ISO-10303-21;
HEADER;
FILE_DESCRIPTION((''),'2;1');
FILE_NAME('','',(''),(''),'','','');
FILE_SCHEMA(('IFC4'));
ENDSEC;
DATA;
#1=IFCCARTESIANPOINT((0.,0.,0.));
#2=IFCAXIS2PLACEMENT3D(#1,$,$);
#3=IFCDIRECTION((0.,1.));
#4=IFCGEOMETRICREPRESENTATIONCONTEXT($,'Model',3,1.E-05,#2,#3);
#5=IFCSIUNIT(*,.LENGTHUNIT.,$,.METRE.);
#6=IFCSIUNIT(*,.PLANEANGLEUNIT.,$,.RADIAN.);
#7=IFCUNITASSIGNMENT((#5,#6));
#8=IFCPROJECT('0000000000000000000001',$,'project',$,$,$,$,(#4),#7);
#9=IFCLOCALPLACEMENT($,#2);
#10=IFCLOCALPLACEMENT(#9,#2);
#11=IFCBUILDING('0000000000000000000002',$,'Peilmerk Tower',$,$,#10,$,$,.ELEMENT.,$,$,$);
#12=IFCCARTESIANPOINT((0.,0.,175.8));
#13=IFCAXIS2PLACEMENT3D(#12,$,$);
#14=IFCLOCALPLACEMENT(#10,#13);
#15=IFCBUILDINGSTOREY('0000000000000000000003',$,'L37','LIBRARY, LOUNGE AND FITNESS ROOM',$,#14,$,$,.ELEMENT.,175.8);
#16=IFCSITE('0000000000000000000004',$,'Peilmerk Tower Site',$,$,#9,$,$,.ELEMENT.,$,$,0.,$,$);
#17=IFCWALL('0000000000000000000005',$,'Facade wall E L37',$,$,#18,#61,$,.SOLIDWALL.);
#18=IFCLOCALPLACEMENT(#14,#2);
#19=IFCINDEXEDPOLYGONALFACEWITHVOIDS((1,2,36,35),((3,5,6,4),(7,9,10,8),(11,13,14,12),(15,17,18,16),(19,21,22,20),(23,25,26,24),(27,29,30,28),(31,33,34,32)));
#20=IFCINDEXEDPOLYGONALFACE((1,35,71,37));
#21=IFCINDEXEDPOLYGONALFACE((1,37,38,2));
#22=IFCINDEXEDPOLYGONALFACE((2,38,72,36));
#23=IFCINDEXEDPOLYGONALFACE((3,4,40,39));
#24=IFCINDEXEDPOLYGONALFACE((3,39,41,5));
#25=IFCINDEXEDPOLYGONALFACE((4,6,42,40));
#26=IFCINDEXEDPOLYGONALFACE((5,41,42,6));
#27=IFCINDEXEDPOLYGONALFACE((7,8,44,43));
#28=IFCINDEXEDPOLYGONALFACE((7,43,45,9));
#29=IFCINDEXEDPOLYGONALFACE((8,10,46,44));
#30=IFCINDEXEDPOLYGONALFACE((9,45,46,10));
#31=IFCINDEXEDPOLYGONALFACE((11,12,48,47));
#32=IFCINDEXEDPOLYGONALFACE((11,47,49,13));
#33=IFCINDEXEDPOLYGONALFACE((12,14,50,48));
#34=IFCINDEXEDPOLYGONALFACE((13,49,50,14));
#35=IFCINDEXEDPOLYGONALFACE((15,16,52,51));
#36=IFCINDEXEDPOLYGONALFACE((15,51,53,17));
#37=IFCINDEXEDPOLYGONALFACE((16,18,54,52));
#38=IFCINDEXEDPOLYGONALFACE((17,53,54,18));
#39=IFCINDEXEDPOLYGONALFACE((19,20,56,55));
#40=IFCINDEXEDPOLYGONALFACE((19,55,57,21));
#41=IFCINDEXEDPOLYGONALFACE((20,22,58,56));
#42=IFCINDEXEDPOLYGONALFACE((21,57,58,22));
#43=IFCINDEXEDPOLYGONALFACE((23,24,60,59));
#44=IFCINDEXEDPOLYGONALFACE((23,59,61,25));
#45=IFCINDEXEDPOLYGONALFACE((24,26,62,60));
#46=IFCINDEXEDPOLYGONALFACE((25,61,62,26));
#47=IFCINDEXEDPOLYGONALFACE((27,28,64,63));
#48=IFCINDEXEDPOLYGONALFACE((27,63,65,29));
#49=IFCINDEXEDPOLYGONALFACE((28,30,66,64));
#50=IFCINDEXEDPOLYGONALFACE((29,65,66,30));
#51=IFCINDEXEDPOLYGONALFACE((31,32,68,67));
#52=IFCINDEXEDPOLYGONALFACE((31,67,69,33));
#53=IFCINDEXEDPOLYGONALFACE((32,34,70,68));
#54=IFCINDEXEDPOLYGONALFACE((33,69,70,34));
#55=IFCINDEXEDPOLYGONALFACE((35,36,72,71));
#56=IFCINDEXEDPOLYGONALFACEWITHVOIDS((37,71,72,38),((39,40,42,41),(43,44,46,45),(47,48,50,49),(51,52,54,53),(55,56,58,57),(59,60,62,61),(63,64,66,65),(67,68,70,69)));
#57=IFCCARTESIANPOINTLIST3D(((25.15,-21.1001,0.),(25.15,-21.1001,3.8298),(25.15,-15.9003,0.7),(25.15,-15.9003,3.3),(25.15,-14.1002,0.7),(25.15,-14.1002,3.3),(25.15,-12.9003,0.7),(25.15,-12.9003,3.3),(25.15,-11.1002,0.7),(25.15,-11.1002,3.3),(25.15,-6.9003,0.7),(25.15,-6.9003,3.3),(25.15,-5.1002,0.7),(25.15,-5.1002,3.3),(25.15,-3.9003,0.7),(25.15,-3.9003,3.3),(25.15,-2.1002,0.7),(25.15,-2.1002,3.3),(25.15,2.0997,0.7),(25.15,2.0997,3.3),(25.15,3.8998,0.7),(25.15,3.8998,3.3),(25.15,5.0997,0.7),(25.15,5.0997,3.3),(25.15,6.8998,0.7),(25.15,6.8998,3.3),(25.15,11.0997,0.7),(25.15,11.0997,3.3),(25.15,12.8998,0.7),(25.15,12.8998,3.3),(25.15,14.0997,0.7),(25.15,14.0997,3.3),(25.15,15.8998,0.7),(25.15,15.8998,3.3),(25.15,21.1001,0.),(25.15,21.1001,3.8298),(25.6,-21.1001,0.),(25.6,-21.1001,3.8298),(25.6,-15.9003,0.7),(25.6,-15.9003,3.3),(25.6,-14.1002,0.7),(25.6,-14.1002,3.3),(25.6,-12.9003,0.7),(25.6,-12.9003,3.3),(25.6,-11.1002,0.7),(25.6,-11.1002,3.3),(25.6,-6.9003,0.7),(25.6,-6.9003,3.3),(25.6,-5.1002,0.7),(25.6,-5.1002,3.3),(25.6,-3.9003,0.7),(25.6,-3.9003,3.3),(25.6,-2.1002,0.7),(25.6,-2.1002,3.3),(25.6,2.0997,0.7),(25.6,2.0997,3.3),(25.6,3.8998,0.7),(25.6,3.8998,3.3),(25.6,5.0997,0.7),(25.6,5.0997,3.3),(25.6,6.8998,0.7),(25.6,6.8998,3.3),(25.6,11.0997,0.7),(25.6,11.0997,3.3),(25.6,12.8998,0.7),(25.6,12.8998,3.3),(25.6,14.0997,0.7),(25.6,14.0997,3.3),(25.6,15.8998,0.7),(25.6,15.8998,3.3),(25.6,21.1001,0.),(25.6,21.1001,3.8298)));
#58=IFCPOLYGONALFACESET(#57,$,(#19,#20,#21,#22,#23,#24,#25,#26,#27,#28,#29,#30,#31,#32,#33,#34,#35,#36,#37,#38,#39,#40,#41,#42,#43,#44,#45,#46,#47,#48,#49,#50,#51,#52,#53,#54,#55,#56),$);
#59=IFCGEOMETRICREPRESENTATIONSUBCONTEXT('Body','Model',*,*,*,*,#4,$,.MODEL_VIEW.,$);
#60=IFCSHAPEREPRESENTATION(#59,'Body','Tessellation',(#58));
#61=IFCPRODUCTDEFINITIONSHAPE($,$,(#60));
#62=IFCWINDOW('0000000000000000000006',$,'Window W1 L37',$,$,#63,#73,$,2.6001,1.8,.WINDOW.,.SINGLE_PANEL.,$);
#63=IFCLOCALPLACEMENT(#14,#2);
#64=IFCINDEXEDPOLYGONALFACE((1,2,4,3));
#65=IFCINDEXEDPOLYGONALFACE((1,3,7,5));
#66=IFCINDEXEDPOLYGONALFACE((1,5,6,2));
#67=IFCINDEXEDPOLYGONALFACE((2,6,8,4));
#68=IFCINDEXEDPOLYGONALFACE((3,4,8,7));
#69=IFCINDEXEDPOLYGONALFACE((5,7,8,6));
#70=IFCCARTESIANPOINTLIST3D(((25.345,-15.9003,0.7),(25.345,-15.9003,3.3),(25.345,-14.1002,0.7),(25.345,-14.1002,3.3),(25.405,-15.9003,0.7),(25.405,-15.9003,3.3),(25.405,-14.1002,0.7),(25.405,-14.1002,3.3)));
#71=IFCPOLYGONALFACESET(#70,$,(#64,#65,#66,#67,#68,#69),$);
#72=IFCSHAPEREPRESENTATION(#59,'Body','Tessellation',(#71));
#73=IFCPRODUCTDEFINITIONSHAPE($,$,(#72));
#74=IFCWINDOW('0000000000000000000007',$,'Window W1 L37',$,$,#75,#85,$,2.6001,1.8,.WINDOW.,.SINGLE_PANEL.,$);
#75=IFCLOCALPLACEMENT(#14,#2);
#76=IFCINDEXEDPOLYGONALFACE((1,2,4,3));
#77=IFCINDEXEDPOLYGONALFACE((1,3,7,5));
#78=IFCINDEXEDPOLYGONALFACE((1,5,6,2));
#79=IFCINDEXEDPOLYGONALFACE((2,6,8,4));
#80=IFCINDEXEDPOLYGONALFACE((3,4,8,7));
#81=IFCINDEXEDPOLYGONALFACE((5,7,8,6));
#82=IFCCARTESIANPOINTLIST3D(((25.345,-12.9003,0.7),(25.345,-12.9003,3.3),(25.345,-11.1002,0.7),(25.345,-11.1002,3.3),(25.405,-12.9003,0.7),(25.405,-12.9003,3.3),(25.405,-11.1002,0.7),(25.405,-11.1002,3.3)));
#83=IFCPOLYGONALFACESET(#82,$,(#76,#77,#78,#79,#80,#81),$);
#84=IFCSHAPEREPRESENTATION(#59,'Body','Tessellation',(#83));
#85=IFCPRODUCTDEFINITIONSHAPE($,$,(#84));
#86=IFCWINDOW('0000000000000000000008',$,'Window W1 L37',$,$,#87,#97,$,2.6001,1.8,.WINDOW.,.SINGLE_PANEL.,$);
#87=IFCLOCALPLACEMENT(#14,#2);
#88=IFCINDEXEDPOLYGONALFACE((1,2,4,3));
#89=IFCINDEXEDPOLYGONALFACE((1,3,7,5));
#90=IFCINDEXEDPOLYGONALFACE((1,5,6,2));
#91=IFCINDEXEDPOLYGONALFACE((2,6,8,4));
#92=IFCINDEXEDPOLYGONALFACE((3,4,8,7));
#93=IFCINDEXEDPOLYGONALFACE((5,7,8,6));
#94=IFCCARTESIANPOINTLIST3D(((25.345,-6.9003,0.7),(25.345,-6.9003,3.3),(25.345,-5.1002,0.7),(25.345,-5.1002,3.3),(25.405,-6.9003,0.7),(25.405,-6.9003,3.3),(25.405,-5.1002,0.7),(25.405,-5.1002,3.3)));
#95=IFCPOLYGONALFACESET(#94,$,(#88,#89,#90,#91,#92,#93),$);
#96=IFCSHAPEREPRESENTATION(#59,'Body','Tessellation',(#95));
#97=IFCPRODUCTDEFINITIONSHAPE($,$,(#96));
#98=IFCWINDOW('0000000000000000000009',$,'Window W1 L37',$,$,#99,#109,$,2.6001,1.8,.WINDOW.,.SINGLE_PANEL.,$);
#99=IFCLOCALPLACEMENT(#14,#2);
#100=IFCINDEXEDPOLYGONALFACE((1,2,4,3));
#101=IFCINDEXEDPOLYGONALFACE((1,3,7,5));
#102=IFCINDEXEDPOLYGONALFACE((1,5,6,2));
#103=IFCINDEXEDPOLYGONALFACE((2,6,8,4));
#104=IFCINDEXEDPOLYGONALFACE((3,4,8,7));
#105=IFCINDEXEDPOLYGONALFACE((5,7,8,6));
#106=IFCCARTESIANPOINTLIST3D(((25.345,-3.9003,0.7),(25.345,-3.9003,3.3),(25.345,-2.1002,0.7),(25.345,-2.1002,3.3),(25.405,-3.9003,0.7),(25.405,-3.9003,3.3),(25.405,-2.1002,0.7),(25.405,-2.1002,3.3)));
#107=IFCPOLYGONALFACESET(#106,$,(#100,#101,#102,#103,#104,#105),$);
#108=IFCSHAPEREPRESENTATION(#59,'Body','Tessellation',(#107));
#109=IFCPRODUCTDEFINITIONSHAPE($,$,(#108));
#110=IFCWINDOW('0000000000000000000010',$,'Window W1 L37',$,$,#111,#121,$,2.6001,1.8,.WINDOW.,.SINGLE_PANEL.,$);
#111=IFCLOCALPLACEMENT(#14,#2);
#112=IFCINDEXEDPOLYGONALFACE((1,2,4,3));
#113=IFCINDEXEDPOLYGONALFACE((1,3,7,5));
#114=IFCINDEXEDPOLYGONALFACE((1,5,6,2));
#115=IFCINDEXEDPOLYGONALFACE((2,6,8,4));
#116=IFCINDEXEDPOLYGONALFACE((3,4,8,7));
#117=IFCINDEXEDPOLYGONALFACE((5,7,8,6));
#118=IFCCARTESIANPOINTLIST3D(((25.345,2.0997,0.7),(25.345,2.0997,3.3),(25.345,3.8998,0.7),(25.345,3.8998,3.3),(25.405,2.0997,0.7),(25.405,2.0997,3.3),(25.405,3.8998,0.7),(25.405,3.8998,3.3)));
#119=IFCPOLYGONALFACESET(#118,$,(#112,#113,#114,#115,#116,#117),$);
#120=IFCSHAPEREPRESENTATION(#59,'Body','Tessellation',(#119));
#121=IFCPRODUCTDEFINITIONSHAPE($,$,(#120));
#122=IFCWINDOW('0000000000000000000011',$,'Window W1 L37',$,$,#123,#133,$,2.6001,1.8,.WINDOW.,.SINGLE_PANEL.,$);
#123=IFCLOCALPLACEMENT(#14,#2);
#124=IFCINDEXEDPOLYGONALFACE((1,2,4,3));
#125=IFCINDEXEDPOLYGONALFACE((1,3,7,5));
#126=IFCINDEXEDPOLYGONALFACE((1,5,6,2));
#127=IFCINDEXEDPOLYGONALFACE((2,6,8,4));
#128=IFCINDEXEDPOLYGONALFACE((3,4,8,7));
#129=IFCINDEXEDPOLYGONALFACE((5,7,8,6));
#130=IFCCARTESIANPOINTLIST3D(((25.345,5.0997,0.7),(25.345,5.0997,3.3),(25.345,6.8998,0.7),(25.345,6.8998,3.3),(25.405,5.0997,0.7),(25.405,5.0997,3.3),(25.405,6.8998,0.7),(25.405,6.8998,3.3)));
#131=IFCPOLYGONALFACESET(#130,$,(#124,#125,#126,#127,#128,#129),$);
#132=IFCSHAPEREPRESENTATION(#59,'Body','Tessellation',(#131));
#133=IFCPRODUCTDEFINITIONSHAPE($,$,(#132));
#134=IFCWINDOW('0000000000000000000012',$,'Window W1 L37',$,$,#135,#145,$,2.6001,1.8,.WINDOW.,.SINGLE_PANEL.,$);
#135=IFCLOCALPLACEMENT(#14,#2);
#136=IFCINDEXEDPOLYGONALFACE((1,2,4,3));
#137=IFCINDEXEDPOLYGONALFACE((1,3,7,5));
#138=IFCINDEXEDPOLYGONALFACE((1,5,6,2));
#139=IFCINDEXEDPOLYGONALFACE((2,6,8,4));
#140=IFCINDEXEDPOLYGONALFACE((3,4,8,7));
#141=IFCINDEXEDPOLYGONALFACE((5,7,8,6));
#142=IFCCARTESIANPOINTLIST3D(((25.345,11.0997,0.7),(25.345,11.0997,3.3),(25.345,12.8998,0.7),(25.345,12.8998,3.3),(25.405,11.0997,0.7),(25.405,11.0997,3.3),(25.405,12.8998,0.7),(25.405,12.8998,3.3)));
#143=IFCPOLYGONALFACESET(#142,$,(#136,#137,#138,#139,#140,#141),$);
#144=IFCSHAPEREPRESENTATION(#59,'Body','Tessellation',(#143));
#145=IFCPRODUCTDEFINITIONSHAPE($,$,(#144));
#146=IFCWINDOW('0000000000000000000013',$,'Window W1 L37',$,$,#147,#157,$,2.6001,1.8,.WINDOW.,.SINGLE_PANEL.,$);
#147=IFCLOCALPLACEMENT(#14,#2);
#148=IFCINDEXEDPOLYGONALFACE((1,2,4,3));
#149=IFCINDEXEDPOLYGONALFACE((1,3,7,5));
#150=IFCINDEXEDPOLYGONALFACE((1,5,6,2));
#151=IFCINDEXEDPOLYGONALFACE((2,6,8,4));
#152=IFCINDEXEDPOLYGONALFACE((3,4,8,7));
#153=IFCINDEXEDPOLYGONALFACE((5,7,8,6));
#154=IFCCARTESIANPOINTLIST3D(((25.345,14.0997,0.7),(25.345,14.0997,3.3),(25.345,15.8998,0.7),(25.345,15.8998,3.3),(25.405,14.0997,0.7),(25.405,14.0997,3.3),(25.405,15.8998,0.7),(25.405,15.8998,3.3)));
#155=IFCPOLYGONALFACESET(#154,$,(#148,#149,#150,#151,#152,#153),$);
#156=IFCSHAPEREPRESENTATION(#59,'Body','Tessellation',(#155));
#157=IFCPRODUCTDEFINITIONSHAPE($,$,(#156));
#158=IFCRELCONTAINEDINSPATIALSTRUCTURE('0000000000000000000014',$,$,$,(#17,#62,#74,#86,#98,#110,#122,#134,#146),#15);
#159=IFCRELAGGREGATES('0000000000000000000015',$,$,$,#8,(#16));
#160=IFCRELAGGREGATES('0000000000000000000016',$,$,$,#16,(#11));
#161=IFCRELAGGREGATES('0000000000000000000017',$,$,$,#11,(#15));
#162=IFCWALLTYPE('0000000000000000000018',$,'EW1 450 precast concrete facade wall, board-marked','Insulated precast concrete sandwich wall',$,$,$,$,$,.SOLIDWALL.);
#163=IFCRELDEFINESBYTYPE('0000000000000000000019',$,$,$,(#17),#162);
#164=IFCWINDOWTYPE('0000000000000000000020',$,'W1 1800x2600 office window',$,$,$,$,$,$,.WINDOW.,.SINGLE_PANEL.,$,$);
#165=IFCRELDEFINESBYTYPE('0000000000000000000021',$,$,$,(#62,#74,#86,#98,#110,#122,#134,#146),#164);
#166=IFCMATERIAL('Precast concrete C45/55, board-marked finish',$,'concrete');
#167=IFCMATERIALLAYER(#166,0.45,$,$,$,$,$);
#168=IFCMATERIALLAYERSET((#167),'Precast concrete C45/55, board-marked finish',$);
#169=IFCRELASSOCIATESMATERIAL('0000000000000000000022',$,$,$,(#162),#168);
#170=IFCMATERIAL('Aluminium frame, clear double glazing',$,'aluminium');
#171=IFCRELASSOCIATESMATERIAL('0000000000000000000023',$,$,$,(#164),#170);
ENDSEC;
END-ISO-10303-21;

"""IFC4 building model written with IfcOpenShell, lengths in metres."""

from ifc_helpers import new_model, si_unit, direction, frame, frame_2d, origin, place, context, subcontext, project, spatial, rectangle, extrude, material, layer, layer_set, type_object, element, fill, save


model = new_model("IFC4")

# Units and contexts
model_context = context("Model", 3, precision=1e-05, world=origin(), true_north=direction((0.0, 1.0)))
body_context = subcontext(model_context, "Body", "Model", "MODEL_VIEW")
ifc_project = project(units=[si_unit("LENGTHUNIT", "METRE"), si_unit("PLANEANGLEUNIT", "RADIAN")], contexts=[model_context])

# Site, building, storey
site_placement = place(None, origin())
site = spatial("IfcSite", under=ifc_project, at=site_placement, Name="Peilmerk Tower Site", CompositionType="ELEMENT", RefElevation=0.0)
building_placement = place(site_placement, origin())
building = spatial("IfcBuilding", under=site, at=building_placement, Name="Peilmerk Tower", CompositionType="ELEMENT")
storey_placement = place(building_placement, frame((0.0, 0.0, 175.8)))
storey = spatial("IfcBuildingStorey", under=building, at=storey_placement, Name="L37", Description="LIBRARY, LOUNGE AND FITNESS ROOM", CompositionType="ELEMENT", Elevation=175.8)

# Wall, openings, windows
ifc_material_1 = material(Name="Precast concrete C45/55, board-marked finish", Category="concrete")
ifc_layer_1 = layer(ifc_material_1, 0.45)
ifc_layer_set_1 = layer_set([ifc_layer_1], Name="Precast concrete C45/55, board-marked finish")
wall_type = type_object("IfcWallType", Name="EW1 450 precast concrete facade wall, board-marked", Description="Insulated precast concrete sandwich wall", PredefinedType="SOLIDWALL", material=ifc_layer_set_1)
wall_1_placement = place(storey_placement, frame((25.375, -21.1001, 0.0), z_axis=(0.0, 0.0, 1.0), x_axis=(0.0, 1.0, 0.0)))
wall_1 = element("IfcWall", 1, at=wall_1_placement, inside=storey, type_object=wall_type, Name="Facade wall E L37", PredefinedType="SOLIDWALL", context=body_context, shape_type="SweptSolid", body=[
    extrude(rectangle(XDim=42.2002, YDim=0.45, at=frame_2d((21.1001, 0.0))), origin(), (0.0, 0.0, 1.0), 3.8298),
])
opening_1_placement = place(wall_1_placement, frame((5.2, 0.0, 0.7)))
opening_1 = element("IfcOpeningElement", 2, at=opening_1_placement, cuts=wall_1, PredefinedType="OPENING", context=body_context, shape_type="SweptSolid", body=[
    extrude(rectangle(XDim=1.8, YDim=2.6001, at=frame_2d((0.8999, 1.3))), frame((0.0, 0.2349, 0.0), z_axis=(0.0, -1.0, 0.0), x_axis=(1.0, 0.0, 0.0)), (0.0, 0.0, 1.0), 0.47),
])
opening_2_placement = place(wall_1_placement, frame((8.2, 0.0, 0.7)))
opening_2 = element("IfcOpeningElement", 3, at=opening_2_placement, cuts=wall_1, PredefinedType="OPENING", context=body_context, shape_type="SweptSolid", body=[
    extrude(rectangle(XDim=1.8, YDim=2.6001, at=frame_2d((0.8999, 1.3))), frame((0.0, 0.2349, 0.0), z_axis=(0.0, -1.0, 0.0), x_axis=(1.0, 0.0, 0.0)), (0.0, 0.0, 1.0), 0.47),
])
opening_3_placement = place(wall_1_placement, frame((14.2, 0.0, 0.7)))
opening_3 = element("IfcOpeningElement", 4, at=opening_3_placement, cuts=wall_1, PredefinedType="OPENING", context=body_context, shape_type="SweptSolid", body=[
    extrude(rectangle(XDim=1.8, YDim=2.6001, at=frame_2d((0.8999, 1.3))), frame((0.0, 0.2349, 0.0), z_axis=(0.0, -1.0, 0.0), x_axis=(1.0, 0.0, 0.0)), (0.0, 0.0, 1.0), 0.47),
])
opening_4_placement = place(wall_1_placement, frame((17.2, 0.0, 0.7)))
opening_4 = element("IfcOpeningElement", 5, at=opening_4_placement, cuts=wall_1, PredefinedType="OPENING", context=body_context, shape_type="SweptSolid", body=[
    extrude(rectangle(XDim=1.8, YDim=2.6001, at=frame_2d((0.8999, 1.3))), frame((0.0, 0.2349, 0.0), z_axis=(0.0, -1.0, 0.0), x_axis=(1.0, 0.0, 0.0)), (0.0, 0.0, 1.0), 0.47),
])
opening_5_placement = place(wall_1_placement, frame((23.2, 0.0, 0.7)))
opening_5 = element("IfcOpeningElement", 6, at=opening_5_placement, cuts=wall_1, PredefinedType="OPENING", context=body_context, shape_type="SweptSolid", body=[
    extrude(rectangle(XDim=1.8, YDim=2.6001, at=frame_2d((0.8999, 1.3))), frame((0.0, 0.2349, 0.0), z_axis=(0.0, -1.0, 0.0), x_axis=(1.0, 0.0, 0.0)), (0.0, 0.0, 1.0), 0.47),
])
opening_6_placement = place(wall_1_placement, frame((26.2, 0.0, 0.7)))
opening_6 = element("IfcOpeningElement", 7, at=opening_6_placement, cuts=wall_1, PredefinedType="OPENING", context=body_context, shape_type="SweptSolid", body=[
    extrude(rectangle(XDim=1.8, YDim=2.6001, at=frame_2d((0.8999, 1.3))), frame((0.0, 0.2349, 0.0), z_axis=(0.0, -1.0, 0.0), x_axis=(1.0, 0.0, 0.0)), (0.0, 0.0, 1.0), 0.47),
])
opening_7_placement = place(wall_1_placement, frame((32.2, 0.0, 0.7)))
opening_7 = element("IfcOpeningElement", 8, at=opening_7_placement, cuts=wall_1, PredefinedType="OPENING", context=body_context, shape_type="SweptSolid", body=[
    extrude(rectangle(XDim=1.8, YDim=2.6001, at=frame_2d((0.8999, 1.3))), frame((0.0, 0.2349, 0.0), z_axis=(0.0, -1.0, 0.0), x_axis=(1.0, 0.0, 0.0)), (0.0, 0.0, 1.0), 0.47),
])
opening_8_placement = place(wall_1_placement, frame((35.2, 0.0, 0.7)))
opening_8 = element("IfcOpeningElement", 9, at=opening_8_placement, cuts=wall_1, PredefinedType="OPENING", context=body_context, shape_type="SweptSolid", body=[
    extrude(rectangle(XDim=1.8, YDim=2.6001, at=frame_2d((0.8999, 1.3))), frame((0.0, 0.2349, 0.0), z_axis=(0.0, -1.0, 0.0), x_axis=(1.0, 0.0, 0.0)), (0.0, 0.0, 1.0), 0.47),
])
ifc_material_2 = material(Name="Aluminium frame, clear double glazing", Category="aluminium")
window_type = type_object("IfcWindowType", Name="W1 1800x2600 office window", PartitioningType="SINGLE_PANEL", PredefinedType="WINDOW", material=ifc_material_2)
window_1_placement = place(opening_1_placement, origin())
window_1 = element("IfcWindow", 10, at=window_1_placement, inside=storey, type_object=window_type, Name="Window W1 L37", OverallHeight=2.6001, OverallWidth=1.8, PartitioningType="SINGLE_PANEL", PredefinedType="WINDOW", context=body_context, shape_type="SweptSolid", body=[
    extrude(rectangle(XDim=1.8, YDim=2.6001, at=frame_2d((0.8999, 1.3))), frame((0.0, 0.03, 0.0), z_axis=(0.0, -1.0, 0.0), x_axis=(1.0, 0.0, 0.0)), (0.0, 0.0, 1.0), 0.0601),
])
fill(opening_1, window_1)
window_2_placement = place(opening_2_placement, origin())
window_2 = element("IfcWindow", 11, at=window_2_placement, inside=storey, type_object=window_type, Name="Window W1 L37", OverallHeight=2.6001, OverallWidth=1.8, PartitioningType="SINGLE_PANEL", PredefinedType="WINDOW", context=body_context, shape_type="SweptSolid", body=[
    extrude(rectangle(XDim=1.8, YDim=2.6001, at=frame_2d((0.8999, 1.3))), frame((0.0, 0.03, 0.0), z_axis=(0.0, -1.0, 0.0), x_axis=(1.0, 0.0, 0.0)), (0.0, 0.0, 1.0), 0.0601),
])
fill(opening_2, window_2)
window_3_placement = place(opening_3_placement, origin())
window_3 = element("IfcWindow", 12, at=window_3_placement, inside=storey, type_object=window_type, Name="Window W1 L37", OverallHeight=2.6001, OverallWidth=1.8, PartitioningType="SINGLE_PANEL", PredefinedType="WINDOW", context=body_context, shape_type="SweptSolid", body=[
    extrude(rectangle(XDim=1.8, YDim=2.6001, at=frame_2d((0.8999, 1.3))), frame((0.0, 0.03, 0.0), z_axis=(0.0, -1.0, 0.0), x_axis=(1.0, 0.0, 0.0)), (0.0, 0.0, 1.0), 0.0601),
])
fill(opening_3, window_3)
window_4_placement = place(opening_4_placement, origin())
window_4 = element("IfcWindow", 13, at=window_4_placement, inside=storey, type_object=window_type, Name="Window W1 L37", OverallHeight=2.6001, OverallWidth=1.8, PartitioningType="SINGLE_PANEL", PredefinedType="WINDOW", context=body_context, shape_type="SweptSolid", body=[
    extrude(rectangle(XDim=1.8, YDim=2.6001, at=frame_2d((0.8999, 1.3))), frame((0.0, 0.03, 0.0), z_axis=(0.0, -1.0, 0.0), x_axis=(1.0, 0.0, 0.0)), (0.0, 0.0, 1.0), 0.0601),
])
fill(opening_4, window_4)
window_5_placement = place(opening_5_placement, origin())
window_5 = element("IfcWindow", 14, at=window_5_placement, inside=storey, type_object=window_type, Name="Window W1 L37", OverallHeight=2.6001, OverallWidth=1.8, PartitioningType="SINGLE_PANEL", PredefinedType="WINDOW", context=body_context, shape_type="SweptSolid", body=[
    extrude(rectangle(XDim=1.8, YDim=2.6001, at=frame_2d((0.8999, 1.3))), frame((0.0, 0.03, 0.0), z_axis=(0.0, -1.0, 0.0), x_axis=(1.0, 0.0, 0.0)), (0.0, 0.0, 1.0), 0.0601),
])
fill(opening_5, window_5)
window_6_placement = place(opening_6_placement, origin())
window_6 = element("IfcWindow", 15, at=window_6_placement, inside=storey, type_object=window_type, Name="Window W1 L37", OverallHeight=2.6001, OverallWidth=1.8, PartitioningType="SINGLE_PANEL", PredefinedType="WINDOW", context=body_context, shape_type="SweptSolid", body=[
    extrude(rectangle(XDim=1.8, YDim=2.6001, at=frame_2d((0.8999, 1.3))), frame((0.0, 0.03, 0.0), z_axis=(0.0, -1.0, 0.0), x_axis=(1.0, 0.0, 0.0)), (0.0, 0.0, 1.0), 0.0601),
])
fill(opening_6, window_6)
window_7_placement = place(opening_7_placement, origin())
window_7 = element("IfcWindow", 16, at=window_7_placement, inside=storey, type_object=window_type, Name="Window W1 L37", OverallHeight=2.6001, OverallWidth=1.8, PartitioningType="SINGLE_PANEL", PredefinedType="WINDOW", context=body_context, shape_type="SweptSolid", body=[
    extrude(rectangle(XDim=1.8, YDim=2.6001, at=frame_2d((0.8999, 1.3))), frame((0.0, 0.03, 0.0), z_axis=(0.0, -1.0, 0.0), x_axis=(1.0, 0.0, 0.0)), (0.0, 0.0, 1.0), 0.0601),
])
fill(opening_7, window_7)
window_8_placement = place(opening_8_placement, origin())
window_8 = element("IfcWindow", 17, at=window_8_placement, inside=storey, type_object=window_type, Name="Window W1 L37", OverallHeight=2.6001, OverallWidth=1.8, PartitioningType="SINGLE_PANEL", PredefinedType="WINDOW", context=body_context, shape_type="SweptSolid", body=[
    extrude(rectangle(XDim=1.8, YDim=2.6001, at=frame_2d((0.8999, 1.3))), frame((0.0, 0.03, 0.0), z_axis=(0.0, -1.0, 0.0), x_axis=(1.0, 0.0, 0.0)), (0.0, 0.0, 1.0), 0.0601),
])
fill(opening_8, window_8)

save(model, "model.ifc")
